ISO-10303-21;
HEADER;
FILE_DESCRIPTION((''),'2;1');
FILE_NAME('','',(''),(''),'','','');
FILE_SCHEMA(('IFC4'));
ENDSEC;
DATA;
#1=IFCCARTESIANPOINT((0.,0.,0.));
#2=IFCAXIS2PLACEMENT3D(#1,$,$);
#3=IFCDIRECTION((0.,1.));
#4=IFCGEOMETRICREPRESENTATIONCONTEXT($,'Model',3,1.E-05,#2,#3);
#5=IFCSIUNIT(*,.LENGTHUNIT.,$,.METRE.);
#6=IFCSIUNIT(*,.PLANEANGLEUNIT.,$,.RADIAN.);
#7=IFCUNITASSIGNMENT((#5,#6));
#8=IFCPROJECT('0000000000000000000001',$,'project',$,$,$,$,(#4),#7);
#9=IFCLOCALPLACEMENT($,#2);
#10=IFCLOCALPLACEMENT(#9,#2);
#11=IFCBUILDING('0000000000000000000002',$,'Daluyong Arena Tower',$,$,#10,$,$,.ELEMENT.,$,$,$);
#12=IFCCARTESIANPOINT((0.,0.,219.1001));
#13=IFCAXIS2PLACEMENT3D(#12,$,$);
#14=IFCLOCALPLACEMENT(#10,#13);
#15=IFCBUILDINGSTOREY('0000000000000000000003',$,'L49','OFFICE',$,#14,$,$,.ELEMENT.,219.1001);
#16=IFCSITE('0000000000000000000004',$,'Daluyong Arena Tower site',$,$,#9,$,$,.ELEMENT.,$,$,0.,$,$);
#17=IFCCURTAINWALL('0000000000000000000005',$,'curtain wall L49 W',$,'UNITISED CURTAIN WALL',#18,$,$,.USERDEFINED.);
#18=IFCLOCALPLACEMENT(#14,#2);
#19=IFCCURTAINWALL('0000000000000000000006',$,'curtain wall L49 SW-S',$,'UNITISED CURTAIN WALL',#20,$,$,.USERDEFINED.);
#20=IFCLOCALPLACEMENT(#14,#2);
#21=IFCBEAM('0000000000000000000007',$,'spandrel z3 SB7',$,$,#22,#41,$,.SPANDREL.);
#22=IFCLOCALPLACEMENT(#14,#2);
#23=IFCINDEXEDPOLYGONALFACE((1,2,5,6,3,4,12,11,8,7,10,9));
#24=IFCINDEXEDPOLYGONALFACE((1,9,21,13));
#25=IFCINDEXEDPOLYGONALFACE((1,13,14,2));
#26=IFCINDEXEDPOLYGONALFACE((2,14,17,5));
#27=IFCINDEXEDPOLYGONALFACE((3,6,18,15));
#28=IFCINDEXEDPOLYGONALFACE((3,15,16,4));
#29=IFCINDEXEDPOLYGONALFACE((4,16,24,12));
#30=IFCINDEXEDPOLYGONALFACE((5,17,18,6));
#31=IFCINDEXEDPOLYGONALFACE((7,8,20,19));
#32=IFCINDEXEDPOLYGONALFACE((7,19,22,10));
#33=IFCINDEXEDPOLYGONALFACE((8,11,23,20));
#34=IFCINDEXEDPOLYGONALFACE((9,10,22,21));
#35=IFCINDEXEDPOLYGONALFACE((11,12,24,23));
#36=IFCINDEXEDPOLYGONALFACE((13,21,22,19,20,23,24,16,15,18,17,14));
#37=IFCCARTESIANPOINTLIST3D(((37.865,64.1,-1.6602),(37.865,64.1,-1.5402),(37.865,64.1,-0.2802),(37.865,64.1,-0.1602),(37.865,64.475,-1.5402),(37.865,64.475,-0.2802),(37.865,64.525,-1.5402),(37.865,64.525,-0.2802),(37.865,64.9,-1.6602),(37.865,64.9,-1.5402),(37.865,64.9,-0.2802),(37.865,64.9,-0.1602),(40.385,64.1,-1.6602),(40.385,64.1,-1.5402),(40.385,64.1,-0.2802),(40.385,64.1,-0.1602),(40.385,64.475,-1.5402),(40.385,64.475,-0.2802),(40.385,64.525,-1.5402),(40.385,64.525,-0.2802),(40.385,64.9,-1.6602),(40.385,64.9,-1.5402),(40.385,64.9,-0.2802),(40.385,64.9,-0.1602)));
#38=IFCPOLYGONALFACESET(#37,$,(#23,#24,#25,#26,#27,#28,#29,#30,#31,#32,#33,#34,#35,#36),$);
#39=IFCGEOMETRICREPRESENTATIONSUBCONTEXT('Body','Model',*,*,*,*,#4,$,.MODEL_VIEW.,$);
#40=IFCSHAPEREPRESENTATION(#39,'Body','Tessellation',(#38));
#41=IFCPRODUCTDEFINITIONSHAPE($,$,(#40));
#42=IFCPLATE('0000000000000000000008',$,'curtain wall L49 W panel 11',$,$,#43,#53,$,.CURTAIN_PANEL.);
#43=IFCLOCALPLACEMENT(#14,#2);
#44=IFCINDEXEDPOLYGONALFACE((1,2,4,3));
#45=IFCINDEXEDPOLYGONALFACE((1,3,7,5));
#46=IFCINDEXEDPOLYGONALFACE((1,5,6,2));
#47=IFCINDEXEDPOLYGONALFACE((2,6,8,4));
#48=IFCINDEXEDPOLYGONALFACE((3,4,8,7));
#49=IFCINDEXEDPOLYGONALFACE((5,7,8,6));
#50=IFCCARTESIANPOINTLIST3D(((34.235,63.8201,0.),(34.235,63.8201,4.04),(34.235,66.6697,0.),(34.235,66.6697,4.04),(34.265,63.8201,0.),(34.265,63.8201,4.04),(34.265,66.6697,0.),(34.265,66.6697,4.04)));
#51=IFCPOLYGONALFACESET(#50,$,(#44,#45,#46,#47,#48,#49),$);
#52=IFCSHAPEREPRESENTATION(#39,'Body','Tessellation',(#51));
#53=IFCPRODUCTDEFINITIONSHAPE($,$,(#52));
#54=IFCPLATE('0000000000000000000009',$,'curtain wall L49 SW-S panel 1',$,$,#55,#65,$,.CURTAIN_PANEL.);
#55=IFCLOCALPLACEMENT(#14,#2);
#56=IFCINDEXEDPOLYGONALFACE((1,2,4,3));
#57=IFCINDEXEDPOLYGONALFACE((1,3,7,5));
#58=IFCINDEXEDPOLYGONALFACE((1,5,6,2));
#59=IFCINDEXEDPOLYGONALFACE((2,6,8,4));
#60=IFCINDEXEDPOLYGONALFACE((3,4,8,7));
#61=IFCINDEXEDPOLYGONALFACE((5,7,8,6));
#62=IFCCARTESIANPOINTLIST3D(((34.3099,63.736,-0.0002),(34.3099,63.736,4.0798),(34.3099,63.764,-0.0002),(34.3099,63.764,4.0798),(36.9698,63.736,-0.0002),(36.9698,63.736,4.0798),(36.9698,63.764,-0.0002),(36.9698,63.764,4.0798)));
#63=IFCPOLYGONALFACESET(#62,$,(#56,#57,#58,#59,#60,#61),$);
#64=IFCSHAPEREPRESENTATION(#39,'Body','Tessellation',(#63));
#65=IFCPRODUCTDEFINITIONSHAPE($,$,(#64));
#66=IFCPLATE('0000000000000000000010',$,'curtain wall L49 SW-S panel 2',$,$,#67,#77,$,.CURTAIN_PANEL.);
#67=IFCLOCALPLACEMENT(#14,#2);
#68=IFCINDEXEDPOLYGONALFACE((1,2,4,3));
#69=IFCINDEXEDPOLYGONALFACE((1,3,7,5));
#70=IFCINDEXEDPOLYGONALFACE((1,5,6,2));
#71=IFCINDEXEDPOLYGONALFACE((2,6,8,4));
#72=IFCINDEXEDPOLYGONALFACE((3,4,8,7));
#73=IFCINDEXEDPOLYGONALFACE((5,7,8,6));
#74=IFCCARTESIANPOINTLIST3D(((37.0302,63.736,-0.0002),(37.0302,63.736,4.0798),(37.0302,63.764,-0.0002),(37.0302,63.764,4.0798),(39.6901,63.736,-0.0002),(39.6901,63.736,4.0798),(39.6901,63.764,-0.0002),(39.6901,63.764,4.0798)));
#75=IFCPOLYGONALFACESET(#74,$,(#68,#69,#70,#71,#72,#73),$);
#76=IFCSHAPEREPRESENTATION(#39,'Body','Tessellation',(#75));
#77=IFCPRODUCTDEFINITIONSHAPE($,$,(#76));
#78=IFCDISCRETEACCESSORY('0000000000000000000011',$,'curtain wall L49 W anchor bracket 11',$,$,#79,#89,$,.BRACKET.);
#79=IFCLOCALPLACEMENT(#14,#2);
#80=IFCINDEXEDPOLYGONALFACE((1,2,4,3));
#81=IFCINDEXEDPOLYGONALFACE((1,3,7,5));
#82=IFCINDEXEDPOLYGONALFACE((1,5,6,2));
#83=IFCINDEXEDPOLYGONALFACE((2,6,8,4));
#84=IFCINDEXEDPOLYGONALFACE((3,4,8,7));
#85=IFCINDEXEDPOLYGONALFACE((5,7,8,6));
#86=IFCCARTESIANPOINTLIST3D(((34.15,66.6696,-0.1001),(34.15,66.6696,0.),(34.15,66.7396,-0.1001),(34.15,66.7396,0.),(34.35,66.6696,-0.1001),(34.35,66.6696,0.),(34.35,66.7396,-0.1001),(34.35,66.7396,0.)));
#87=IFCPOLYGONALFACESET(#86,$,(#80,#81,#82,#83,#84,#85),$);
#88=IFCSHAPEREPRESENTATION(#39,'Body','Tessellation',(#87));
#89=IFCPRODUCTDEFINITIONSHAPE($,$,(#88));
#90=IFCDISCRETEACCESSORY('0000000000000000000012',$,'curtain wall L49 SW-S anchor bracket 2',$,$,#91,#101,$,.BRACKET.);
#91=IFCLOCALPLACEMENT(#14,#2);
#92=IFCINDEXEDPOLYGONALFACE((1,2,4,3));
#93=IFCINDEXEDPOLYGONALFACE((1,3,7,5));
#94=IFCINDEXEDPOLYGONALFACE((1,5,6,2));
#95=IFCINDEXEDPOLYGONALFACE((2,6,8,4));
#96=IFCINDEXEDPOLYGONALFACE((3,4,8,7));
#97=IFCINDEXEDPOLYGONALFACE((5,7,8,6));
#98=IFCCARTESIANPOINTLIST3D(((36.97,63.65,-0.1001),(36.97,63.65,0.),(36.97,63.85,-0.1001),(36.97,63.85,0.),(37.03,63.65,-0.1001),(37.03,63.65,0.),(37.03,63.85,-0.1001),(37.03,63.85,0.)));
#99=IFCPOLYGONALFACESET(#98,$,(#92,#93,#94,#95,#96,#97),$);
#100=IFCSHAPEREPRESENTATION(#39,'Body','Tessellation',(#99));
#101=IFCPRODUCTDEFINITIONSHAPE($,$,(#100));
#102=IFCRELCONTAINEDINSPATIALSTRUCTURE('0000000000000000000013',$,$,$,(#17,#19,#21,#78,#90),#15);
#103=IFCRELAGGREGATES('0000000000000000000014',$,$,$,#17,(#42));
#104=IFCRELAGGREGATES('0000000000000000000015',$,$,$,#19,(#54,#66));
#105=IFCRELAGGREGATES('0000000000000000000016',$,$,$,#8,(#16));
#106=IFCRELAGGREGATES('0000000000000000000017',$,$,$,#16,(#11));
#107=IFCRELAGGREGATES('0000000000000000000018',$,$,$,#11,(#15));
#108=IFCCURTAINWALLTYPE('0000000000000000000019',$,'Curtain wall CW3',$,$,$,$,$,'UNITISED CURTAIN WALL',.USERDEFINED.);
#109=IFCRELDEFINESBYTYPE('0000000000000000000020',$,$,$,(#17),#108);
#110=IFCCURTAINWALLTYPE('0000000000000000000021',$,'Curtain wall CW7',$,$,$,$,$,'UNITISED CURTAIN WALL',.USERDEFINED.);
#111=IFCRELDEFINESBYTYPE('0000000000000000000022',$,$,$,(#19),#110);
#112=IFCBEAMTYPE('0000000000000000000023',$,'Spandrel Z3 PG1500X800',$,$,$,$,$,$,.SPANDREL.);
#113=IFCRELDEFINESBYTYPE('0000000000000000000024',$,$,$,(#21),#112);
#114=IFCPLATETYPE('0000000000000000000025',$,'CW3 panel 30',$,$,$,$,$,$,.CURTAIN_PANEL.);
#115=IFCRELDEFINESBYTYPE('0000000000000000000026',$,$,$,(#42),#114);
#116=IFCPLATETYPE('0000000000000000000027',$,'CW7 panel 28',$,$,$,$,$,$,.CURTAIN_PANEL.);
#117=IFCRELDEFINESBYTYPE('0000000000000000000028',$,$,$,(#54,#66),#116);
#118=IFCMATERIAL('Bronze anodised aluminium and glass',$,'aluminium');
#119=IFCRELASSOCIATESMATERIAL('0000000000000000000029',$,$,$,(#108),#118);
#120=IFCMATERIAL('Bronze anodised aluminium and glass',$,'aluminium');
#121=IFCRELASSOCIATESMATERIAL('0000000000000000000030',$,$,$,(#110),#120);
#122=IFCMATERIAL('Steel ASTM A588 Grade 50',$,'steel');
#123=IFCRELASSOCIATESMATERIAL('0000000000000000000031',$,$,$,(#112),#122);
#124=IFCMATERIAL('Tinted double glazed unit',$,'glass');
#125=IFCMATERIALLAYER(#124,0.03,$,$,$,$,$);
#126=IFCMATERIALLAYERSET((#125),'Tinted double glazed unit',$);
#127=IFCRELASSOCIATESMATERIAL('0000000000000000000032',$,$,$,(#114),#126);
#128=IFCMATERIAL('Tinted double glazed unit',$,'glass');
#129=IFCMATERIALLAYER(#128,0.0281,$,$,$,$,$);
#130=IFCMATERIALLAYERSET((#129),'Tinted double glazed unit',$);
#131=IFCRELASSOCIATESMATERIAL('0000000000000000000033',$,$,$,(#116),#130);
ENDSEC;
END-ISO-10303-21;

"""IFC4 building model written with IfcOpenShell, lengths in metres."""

from ifc_helpers import new_model, si_unit, direction, frame, origin, origin_2d, place, context, subcontext, project, spatial, rectangle, i_section, extrude, material, layer, layer_set, material_profile, profile_set, type_object, element, aggregate, save


model = new_model("IFC4")

# Units and contexts
model_context = context("Model", 3, precision=1e-05, world=origin(), true_north=direction((0.0, 1.0)))
body_context = subcontext(model_context, "Body", "Model", "MODEL_VIEW")
ifc_project = project(units=[si_unit("LENGTHUNIT", "METRE"), si_unit("PLANEANGLEUNIT", "RADIAN")], contexts=[model_context])

# Site, building, storey
site_placement = place(None, origin())
site = spatial("IfcSite", under=ifc_project, at=site_placement, Name="Daluyong Arena Tower site", CompositionType="ELEMENT", RefElevation=0.0)
building_placement = place(site_placement, origin())
building = spatial("IfcBuilding", under=site, at=building_placement, Name="Daluyong Arena Tower", CompositionType="ELEMENT")
storey_placement = place(building_placement, frame((0.0, 0.0, 219.1001)))
storey = spatial("IfcBuildingStorey", under=building, at=storey_placement, Name="L49", Description="OFFICE", CompositionType="ELEMENT", Elevation=219.1001)

# Curtain walls
ifc_material_1 = material(Name="Bronze anodised aluminium and glass", Category="aluminium")
curtain_wall_type_1 = type_object("IfcCurtainWallType", Name="Curtain wall CW3", ElementType="UNITISED CURTAIN WALL", PredefinedType="USERDEFINED", material=ifc_material_1)
curtain_wall_1_placement = place(storey_placement, origin())
curtain_wall_1 = element("IfcCurtainWall", 1, at=curtain_wall_1_placement, inside=storey, type_object=curtain_wall_type_1, Name="curtain wall L49 W", ObjectType="UNITISED CURTAIN WALL", PredefinedType="USERDEFINED")
ifc_material_2 = material(Name="Bronze anodised aluminium and glass", Category="aluminium")
curtain_wall_type_2 = type_object("IfcCurtainWallType", Name="Curtain wall CW7", ElementType="UNITISED CURTAIN WALL", PredefinedType="USERDEFINED", material=ifc_material_2)
curtain_wall_2_placement = place(storey_placement, origin())
curtain_wall_2 = element("IfcCurtainWall", 2, at=curtain_wall_2_placement, inside=storey, type_object=curtain_wall_type_2, Name="curtain wall L49 SW-S", ObjectType="UNITISED CURTAIN WALL", PredefinedType="USERDEFINED")

# Beam
ifc_material_3 = material(Name="Steel ASTM A588 Grade 50", Category="steel")
ifc_material_profile_1 = material_profile(ifc_material_3, i_section(OverallWidth=0.8, OverallDepth=1.5, WebThickness=0.05, FlangeThickness=0.12, at=origin_2d()))
ifc_profile_set_1 = profile_set([ifc_material_profile_1], Name="Steel ASTM A588 Grade 50")
beam_type = type_object("IfcBeamType", Name="Spandrel Z3 PG1500X800", PredefinedType="SPANDREL", material=ifc_profile_set_1)
for number, where, z_axis, x_axis, name in (
    (3, (37.865, 64.5, -0.9102), (1.0, 0.0, 0.0), (0.0, 1.0, 0.0), "spandrel z3 SB7"),
):
    element("IfcBeam", number, at=place(storey_placement, frame(where, z_axis=z_axis, x_axis=x_axis)), inside=storey, type_object=beam_type, Name=name, PredefinedType="SPANDREL", context=body_context, shape_type="SweptSolid", body=[
        extrude(i_section(OverallWidth=0.8, OverallDepth=1.5, WebThickness=0.05, FlangeThickness=0.12, at=origin_2d()), origin(), (0.0, 0.0, 1.0), 2.52),
    ])

# Plates
ifc_material_4 = material(Name="Tinted double glazed unit", Category="glass")
ifc_layer_1 = layer(ifc_material_4, 0.03)
ifc_layer_set_1 = layer_set([ifc_layer_1], Name="Tinted double glazed unit")
plate_type_1 = type_object("IfcPlateType", Name="CW3 panel 30", PredefinedType="CURTAIN_PANEL", material=ifc_layer_set_1)
plate_1_placement = place(storey_placement, frame((34.25, 65.2449, 0.0), z_axis=(0.0, 0.0, 1.0), x_axis=(0.0, -1.0, 0.0)))
plate_1 = element("IfcPlate", 4, at=plate_1_placement, type_object=plate_type_1, Name="curtain wall L49 W panel 11", PredefinedType="CURTAIN_PANEL", context=body_context, shape_type="SweptSolid", body=[
    extrude(rectangle(XDim=2.8496, YDim=0.03, at=origin_2d()), origin(), (0.0, 0.0, 1.0), 4.04),
])
aggregate(curtain_wall_1, [plate_1])
ifc_material_5 = material(Name="Tinted double glazed unit", Category="glass")
ifc_layer_2 = layer(ifc_material_5, 0.0281)
ifc_layer_set_2 = layer_set([ifc_layer_2], Name="Tinted double glazed unit")
plate_type_2 = type_object("IfcPlateType", Name="CW7 panel 28", PredefinedType="CURTAIN_PANEL", material=ifc_layer_set_2)
plate_2_placement = place(storey_placement, frame((35.6399, 63.75, -0.0002), z_axis=(0.0, 0.0, 1.0), x_axis=(1.0, 0.0, 0.0)))
plate_2 = element("IfcPlate", 5, at=plate_2_placement, type_object=plate_type_2, Name="curtain wall L49 SW-S panel 1", PredefinedType="CURTAIN_PANEL", context=body_context, shape_type="SweptSolid", body=[
    extrude(rectangle(XDim=2.6599, YDim=0.0281, at=origin_2d()), origin(), (0.0, 0.0, 1.0), 4.0801),
])
plate_3_placement = place(storey_placement, frame((38.3601, 63.75, -0.0002), z_axis=(0.0, 0.0, 1.0), x_axis=(1.0, 0.0, 0.0)))
plate_3 = element("IfcPlate", 6, at=plate_3_placement, type_object=plate_type_2, Name="curtain wall L49 SW-S panel 2", PredefinedType="CURTAIN_PANEL", context=body_context, shape_type="SweptSolid", body=[
    extrude(rectangle(XDim=2.6599, YDim=0.0281, at=origin_2d()), origin(), (0.0, 0.0, 1.0), 4.0801),
])
aggregate(curtain_wall_2, [plate_2, plate_3])

# Discrete accessories
discrete_accessory_1_placement = place(storey_placement, frame((34.25, 66.7046, -0.1001), z_axis=(0.0, 0.0, 1.0), x_axis=(0.0, -1.0, 0.0)))
element("IfcDiscreteAccessory", 7, at=discrete_accessory_1_placement, inside=storey, Name="curtain wall L49 W anchor bracket 11", PredefinedType="BRACKET", context=body_context, shape_type="SweptSolid", body=[
    extrude(rectangle(XDim=0.0701, YDim=0.2, at=origin_2d()), origin(), (0.0, 0.0, 1.0), 0.1001),
])
discrete_accessory_2_placement = place(storey_placement, frame((37.0, 63.75, -0.1001), z_axis=(0.0, 0.0, 1.0), x_axis=(1.0, 0.0, 0.0)))
element("IfcDiscreteAccessory", 8, at=discrete_accessory_2_placement, inside=storey, Name="curtain wall L49 SW-S anchor bracket 2", PredefinedType="BRACKET", context=body_context, shape_type="SweptSolid", body=[
    extrude(rectangle(XDim=0.0601, YDim=0.2, at=origin_2d()), origin(), (0.0, 0.0, 1.0), 0.1001),
])

save(model, "model.ifc")
